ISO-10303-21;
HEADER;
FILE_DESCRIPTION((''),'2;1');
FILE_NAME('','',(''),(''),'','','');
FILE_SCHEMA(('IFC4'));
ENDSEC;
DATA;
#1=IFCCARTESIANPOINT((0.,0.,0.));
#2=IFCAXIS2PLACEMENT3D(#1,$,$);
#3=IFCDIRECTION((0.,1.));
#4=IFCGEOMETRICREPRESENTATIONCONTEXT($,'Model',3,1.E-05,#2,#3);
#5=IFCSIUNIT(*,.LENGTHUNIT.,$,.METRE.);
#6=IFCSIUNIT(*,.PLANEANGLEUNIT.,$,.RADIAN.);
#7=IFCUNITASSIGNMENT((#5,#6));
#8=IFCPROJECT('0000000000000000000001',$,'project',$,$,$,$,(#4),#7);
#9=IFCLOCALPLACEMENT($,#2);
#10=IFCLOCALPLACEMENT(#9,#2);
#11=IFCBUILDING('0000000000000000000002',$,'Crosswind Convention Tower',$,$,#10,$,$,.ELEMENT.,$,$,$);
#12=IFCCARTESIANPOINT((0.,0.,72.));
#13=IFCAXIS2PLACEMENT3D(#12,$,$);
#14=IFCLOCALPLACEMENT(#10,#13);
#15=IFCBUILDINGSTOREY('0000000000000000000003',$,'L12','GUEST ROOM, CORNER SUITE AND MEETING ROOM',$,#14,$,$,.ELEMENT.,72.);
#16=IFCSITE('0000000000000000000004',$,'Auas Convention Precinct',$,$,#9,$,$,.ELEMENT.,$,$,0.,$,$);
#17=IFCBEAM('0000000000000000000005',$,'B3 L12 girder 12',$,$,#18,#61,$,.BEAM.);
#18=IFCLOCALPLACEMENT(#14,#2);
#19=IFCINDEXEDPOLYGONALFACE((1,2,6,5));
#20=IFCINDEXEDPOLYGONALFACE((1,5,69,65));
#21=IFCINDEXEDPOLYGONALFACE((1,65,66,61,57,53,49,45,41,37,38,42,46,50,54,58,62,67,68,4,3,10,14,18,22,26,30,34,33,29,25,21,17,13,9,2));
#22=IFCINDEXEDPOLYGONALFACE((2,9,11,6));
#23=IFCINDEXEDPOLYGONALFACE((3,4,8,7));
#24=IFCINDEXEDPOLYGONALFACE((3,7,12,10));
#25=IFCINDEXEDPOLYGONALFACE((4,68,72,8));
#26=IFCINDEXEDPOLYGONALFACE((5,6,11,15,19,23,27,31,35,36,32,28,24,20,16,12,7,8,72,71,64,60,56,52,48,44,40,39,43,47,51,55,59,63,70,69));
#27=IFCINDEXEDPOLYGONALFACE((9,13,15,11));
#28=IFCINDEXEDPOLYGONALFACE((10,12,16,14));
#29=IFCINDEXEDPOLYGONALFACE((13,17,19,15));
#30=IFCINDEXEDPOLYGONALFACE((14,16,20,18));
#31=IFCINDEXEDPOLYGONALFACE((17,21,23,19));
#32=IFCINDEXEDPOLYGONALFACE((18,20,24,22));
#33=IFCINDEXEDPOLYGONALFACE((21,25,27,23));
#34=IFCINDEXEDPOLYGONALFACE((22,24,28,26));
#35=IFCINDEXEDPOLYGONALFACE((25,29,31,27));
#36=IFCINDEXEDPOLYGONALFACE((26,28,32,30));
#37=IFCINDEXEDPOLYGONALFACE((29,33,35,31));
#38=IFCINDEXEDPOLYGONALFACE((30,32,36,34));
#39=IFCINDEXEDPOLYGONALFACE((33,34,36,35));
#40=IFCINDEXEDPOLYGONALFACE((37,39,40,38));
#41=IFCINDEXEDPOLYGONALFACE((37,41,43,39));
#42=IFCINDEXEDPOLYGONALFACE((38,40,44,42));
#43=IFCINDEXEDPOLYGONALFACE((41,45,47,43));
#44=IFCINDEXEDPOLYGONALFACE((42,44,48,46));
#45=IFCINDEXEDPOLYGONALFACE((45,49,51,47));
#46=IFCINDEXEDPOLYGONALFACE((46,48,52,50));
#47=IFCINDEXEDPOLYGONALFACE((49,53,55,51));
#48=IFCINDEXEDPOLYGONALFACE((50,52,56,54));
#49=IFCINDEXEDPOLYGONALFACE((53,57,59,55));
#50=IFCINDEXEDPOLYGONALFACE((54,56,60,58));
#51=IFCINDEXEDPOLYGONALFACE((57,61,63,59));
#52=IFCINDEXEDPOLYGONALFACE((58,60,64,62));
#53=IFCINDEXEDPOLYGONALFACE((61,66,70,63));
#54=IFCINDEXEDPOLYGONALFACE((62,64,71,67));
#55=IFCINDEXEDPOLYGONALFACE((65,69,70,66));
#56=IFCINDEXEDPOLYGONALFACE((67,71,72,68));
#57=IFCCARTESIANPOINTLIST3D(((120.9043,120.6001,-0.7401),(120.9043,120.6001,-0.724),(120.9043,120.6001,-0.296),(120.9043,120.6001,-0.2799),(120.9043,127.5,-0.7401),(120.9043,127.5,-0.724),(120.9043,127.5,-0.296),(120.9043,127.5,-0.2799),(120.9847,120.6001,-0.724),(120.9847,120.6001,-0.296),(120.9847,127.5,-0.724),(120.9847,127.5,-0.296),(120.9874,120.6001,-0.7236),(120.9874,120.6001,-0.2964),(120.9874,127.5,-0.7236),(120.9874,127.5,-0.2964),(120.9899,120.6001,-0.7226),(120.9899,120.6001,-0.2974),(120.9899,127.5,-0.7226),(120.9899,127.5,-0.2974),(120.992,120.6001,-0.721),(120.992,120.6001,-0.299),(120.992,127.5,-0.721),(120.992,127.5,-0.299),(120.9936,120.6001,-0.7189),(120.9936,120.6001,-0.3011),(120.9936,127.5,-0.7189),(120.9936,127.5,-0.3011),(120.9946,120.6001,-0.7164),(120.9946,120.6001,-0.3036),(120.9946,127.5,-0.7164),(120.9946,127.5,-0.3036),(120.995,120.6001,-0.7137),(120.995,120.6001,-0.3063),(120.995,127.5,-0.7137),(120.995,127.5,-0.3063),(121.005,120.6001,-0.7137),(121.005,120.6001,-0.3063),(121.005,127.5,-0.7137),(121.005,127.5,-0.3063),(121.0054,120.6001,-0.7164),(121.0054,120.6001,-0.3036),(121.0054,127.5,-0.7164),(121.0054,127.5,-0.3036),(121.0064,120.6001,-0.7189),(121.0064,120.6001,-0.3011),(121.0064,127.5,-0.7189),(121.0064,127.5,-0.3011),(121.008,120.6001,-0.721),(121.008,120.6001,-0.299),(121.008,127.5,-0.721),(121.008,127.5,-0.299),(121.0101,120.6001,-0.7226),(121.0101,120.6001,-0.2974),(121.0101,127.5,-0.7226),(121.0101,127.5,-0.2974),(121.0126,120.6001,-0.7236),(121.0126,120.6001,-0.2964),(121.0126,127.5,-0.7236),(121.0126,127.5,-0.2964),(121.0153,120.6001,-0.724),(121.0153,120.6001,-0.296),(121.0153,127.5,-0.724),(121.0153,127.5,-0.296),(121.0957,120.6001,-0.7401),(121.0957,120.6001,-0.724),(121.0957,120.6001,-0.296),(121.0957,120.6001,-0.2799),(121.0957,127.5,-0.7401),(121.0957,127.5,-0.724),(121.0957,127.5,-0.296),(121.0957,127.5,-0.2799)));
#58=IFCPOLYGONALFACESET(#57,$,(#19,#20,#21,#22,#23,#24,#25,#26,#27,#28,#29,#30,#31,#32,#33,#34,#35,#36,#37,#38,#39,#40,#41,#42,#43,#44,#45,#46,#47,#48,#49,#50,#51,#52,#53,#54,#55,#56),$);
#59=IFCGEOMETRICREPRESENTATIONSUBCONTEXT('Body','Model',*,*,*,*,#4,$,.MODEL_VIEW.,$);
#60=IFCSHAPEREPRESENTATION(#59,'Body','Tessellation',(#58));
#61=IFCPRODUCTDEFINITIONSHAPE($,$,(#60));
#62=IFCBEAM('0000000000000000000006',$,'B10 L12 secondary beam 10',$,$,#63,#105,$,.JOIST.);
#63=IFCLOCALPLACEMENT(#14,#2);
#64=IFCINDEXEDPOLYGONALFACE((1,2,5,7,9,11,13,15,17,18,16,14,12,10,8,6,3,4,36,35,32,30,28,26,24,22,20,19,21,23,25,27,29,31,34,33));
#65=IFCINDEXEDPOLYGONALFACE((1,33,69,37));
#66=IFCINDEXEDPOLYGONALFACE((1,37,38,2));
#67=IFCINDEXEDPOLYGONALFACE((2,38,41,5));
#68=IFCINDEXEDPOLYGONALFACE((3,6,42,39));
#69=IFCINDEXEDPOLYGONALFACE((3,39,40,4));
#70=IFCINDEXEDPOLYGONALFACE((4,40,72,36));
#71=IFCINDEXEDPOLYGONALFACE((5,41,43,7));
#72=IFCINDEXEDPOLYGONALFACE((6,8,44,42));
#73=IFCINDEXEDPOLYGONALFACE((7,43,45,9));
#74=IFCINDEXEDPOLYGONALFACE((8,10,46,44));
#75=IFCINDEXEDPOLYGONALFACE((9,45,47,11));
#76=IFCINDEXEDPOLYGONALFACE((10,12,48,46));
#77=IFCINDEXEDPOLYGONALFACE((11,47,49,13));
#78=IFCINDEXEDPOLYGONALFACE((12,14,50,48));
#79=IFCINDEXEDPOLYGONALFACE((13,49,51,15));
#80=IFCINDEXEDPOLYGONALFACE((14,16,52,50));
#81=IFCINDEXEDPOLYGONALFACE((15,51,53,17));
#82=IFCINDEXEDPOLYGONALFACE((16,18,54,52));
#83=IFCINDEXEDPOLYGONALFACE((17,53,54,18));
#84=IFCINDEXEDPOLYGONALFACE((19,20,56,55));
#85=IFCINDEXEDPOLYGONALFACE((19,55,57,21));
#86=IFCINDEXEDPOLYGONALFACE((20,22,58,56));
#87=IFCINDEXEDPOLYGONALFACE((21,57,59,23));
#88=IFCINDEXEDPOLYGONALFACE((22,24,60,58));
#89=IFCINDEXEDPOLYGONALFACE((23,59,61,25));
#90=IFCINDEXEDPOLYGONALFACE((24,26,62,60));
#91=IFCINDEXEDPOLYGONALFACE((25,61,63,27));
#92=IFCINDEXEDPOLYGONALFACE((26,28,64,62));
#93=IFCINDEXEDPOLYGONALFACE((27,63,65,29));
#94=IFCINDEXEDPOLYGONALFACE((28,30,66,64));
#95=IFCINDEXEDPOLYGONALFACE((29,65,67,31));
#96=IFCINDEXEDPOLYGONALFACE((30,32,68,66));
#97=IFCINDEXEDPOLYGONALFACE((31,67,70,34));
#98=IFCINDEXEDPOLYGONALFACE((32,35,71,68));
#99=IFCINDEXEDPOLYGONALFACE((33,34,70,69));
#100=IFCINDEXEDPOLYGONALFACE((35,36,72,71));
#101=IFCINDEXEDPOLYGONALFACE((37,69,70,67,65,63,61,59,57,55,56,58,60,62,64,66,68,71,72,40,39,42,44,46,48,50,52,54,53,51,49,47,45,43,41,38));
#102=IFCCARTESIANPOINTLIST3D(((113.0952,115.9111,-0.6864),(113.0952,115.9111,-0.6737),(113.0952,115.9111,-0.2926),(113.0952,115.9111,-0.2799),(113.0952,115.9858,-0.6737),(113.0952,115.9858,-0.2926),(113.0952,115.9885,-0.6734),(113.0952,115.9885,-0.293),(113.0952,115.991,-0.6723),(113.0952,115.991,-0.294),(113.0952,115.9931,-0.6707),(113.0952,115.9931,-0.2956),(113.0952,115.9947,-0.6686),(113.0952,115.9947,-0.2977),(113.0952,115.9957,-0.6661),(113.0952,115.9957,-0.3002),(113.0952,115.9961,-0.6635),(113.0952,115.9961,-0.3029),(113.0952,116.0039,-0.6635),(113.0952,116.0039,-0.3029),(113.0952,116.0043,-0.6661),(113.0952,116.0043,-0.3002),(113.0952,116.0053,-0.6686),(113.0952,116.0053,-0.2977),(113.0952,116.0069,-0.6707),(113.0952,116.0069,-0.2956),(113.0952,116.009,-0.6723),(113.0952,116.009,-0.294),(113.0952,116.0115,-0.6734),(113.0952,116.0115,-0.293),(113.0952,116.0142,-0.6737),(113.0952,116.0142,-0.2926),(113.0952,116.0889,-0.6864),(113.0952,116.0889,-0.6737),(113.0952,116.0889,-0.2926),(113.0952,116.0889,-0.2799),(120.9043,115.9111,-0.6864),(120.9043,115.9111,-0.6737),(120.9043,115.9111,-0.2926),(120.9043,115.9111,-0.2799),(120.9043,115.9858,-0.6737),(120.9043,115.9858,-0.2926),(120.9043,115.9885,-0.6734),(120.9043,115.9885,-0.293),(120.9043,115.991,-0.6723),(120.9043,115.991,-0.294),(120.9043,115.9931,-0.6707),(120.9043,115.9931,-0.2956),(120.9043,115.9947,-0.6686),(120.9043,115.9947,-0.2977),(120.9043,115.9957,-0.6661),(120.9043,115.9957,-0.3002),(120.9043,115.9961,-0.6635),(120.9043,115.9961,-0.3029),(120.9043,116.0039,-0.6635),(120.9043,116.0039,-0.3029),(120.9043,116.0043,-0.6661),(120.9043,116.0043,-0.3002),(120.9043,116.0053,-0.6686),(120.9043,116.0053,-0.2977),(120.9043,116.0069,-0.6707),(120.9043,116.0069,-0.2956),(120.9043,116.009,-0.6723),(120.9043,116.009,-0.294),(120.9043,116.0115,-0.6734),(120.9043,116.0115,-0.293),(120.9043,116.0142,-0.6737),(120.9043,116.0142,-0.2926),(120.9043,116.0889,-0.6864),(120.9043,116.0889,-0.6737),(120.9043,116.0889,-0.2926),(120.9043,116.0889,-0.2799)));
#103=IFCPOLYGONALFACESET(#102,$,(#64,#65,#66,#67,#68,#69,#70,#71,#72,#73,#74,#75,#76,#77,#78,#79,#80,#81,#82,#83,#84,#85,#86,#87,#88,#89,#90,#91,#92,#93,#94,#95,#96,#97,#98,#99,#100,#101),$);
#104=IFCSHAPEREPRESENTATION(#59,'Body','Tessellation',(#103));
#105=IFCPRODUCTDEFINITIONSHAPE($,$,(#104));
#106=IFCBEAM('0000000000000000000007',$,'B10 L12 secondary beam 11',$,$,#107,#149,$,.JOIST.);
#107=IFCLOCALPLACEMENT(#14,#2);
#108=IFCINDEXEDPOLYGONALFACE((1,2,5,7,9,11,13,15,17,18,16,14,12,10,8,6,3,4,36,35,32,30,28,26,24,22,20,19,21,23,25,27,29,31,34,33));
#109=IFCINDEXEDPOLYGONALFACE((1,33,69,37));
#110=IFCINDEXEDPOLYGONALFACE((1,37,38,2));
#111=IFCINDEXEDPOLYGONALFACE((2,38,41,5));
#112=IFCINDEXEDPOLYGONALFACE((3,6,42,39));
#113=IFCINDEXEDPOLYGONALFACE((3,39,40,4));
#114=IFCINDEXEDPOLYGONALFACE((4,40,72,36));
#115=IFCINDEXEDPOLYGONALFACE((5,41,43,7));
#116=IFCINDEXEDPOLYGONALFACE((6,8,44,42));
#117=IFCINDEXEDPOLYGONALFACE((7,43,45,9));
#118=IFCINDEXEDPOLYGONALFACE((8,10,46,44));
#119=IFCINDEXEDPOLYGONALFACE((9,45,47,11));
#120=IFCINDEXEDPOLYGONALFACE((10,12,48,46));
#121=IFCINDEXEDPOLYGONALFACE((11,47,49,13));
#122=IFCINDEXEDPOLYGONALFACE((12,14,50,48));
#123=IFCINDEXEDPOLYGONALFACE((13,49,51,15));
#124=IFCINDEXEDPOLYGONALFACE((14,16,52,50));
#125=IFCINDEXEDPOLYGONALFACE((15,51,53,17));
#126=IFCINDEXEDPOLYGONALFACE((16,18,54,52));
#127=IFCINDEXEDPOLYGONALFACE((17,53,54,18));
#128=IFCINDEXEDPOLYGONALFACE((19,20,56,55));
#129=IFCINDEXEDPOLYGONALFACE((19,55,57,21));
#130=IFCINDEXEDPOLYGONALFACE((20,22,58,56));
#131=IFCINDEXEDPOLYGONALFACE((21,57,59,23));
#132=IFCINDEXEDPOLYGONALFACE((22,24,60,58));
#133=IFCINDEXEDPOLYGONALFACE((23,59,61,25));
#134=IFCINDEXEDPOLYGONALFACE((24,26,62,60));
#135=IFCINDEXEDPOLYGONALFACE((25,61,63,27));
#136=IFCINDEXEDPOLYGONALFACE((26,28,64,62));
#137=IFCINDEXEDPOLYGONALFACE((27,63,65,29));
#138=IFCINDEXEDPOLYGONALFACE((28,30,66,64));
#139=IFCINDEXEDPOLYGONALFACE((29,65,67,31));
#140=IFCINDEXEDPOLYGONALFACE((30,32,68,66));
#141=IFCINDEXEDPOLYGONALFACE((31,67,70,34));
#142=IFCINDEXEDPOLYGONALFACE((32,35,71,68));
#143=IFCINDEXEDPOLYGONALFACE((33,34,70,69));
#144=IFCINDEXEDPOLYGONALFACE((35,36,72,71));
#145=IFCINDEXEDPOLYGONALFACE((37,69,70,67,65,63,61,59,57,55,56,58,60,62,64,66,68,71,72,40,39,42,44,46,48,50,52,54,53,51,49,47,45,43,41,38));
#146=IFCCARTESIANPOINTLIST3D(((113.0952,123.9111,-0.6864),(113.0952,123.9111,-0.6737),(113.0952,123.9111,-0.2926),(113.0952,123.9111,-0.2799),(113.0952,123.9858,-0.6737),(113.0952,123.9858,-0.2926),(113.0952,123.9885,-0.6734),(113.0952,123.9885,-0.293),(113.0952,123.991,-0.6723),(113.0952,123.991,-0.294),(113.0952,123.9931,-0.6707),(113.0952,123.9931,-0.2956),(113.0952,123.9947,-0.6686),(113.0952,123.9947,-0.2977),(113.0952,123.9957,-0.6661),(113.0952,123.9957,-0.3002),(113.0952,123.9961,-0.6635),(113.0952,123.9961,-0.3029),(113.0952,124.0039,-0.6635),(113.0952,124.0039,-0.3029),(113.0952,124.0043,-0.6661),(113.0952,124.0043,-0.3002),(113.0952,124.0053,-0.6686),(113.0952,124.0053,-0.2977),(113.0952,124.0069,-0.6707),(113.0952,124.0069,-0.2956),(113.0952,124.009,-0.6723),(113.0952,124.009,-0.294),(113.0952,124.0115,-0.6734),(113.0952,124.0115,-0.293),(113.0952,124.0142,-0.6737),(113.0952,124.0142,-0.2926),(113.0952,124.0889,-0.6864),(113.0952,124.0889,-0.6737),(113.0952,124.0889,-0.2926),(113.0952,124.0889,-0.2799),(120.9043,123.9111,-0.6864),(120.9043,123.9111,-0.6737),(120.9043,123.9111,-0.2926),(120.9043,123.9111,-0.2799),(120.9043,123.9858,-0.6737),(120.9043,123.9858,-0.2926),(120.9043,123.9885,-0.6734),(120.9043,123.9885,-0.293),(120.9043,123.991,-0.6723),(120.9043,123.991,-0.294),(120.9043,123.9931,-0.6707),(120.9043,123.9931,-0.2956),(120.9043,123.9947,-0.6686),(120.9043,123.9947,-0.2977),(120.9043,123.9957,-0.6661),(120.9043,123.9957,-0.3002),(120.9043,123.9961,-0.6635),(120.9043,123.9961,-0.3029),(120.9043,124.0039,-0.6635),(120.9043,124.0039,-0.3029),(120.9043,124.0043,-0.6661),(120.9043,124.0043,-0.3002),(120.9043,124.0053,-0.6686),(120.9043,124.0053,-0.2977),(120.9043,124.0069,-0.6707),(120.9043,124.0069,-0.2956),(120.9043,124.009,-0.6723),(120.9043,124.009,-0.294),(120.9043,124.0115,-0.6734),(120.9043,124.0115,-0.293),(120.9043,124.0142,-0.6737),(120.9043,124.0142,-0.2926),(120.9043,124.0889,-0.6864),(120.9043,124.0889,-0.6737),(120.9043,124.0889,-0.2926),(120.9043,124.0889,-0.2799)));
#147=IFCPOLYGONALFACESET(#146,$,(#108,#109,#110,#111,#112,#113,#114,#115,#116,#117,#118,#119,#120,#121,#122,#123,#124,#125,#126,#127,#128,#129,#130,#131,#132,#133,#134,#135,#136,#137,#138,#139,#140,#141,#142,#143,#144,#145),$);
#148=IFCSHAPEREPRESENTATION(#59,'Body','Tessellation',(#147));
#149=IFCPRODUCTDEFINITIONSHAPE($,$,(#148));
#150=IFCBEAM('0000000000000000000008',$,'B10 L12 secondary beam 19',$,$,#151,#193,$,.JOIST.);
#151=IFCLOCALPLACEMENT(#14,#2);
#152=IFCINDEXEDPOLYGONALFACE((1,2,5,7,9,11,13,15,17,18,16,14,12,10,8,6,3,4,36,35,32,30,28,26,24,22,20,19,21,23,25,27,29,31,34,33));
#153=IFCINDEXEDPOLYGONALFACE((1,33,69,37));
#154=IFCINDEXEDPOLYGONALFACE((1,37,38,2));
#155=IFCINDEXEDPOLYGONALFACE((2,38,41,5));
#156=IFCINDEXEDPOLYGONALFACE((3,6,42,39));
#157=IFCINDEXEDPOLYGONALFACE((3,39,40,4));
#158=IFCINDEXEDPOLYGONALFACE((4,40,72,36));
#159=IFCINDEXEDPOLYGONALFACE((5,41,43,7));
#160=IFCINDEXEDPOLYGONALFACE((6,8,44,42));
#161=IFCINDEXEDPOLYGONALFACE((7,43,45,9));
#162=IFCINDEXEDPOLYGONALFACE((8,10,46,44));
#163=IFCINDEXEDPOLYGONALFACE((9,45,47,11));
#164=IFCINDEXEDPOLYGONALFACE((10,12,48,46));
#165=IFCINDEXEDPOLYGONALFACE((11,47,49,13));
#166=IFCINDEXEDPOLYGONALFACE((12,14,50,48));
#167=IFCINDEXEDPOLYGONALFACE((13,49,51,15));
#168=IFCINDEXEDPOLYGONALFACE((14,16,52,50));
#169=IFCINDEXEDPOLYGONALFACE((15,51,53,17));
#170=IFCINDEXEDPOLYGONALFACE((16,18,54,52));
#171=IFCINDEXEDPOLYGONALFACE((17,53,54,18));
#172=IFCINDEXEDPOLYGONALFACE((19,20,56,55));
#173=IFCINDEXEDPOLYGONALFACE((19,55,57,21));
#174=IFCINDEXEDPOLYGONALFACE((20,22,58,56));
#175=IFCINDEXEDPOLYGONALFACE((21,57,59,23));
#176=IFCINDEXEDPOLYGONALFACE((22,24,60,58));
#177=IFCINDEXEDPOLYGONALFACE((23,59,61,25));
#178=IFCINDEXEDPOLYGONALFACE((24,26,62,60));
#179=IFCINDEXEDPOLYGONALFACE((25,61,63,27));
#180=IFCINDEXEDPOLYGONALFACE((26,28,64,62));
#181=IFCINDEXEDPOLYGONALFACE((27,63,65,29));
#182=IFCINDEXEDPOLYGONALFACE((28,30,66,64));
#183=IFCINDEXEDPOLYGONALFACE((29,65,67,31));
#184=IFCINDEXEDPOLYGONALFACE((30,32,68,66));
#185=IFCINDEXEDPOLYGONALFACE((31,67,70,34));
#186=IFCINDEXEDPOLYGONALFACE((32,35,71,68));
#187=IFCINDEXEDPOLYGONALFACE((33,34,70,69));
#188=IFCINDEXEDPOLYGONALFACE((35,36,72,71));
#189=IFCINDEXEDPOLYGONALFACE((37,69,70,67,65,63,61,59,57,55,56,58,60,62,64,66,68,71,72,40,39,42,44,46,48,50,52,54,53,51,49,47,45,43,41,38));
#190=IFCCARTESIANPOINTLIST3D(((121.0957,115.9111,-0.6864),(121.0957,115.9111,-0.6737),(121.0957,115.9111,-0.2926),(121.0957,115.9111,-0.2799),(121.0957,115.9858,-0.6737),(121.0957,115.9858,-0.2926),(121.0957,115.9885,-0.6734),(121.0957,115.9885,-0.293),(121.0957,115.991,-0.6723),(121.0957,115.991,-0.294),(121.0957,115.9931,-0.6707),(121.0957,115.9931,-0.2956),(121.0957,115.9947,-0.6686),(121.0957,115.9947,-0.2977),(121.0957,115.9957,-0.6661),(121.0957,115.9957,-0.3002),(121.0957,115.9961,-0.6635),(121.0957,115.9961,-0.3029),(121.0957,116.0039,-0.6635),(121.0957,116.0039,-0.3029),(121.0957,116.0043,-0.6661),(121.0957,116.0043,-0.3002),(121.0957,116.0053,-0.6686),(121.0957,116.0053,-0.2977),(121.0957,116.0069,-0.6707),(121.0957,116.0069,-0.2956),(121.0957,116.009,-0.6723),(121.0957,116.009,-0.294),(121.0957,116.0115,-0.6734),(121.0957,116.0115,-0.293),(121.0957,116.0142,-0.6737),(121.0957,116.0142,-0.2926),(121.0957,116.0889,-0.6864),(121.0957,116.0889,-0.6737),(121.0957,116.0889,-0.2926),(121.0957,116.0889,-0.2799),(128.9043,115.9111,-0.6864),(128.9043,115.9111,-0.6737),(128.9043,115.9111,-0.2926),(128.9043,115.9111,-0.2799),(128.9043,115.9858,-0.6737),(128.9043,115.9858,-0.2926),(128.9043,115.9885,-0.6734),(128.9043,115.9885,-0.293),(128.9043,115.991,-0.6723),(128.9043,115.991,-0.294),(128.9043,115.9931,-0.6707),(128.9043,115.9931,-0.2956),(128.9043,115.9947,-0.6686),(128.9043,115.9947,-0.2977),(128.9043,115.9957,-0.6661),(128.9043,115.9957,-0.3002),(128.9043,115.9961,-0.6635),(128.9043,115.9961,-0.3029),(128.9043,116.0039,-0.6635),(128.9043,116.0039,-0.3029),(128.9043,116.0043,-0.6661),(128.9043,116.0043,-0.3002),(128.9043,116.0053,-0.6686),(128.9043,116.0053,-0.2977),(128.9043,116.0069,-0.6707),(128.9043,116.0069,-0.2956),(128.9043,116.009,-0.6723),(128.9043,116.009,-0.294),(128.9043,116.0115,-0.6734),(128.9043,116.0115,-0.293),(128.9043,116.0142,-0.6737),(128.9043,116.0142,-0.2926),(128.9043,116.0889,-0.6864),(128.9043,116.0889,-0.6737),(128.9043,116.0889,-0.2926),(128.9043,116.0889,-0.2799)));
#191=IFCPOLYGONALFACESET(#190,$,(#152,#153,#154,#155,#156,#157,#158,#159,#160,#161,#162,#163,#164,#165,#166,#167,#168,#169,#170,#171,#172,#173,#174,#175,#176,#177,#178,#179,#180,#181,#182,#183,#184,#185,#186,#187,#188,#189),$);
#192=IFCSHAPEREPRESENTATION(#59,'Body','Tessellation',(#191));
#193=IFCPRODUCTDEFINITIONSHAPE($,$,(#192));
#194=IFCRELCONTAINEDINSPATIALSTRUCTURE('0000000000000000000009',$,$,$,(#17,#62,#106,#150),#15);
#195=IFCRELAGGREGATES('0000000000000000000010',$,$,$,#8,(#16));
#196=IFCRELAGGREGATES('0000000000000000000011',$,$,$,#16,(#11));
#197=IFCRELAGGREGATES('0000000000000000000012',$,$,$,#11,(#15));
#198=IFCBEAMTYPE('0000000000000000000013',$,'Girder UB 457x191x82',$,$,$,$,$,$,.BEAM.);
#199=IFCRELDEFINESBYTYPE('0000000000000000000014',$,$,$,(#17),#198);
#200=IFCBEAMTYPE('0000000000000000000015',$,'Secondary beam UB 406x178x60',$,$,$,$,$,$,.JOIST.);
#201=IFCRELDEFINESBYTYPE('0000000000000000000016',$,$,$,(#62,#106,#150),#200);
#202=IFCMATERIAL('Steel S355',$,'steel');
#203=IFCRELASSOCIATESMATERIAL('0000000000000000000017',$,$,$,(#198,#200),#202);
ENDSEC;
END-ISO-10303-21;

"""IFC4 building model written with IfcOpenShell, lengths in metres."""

from ifc_helpers import new_model, si_unit, direction, frame, origin, origin_2d, place, context, subcontext, project, spatial, i_section, extrude, material, material_profile, profile_set, type_object, element, save


model = new_model("IFC4")

# Units and contexts
model_context = context("Model", 3, precision=1e-05, world=origin(), true_north=direction((0.0, 1.0)))
body_context = subcontext(model_context, "Body", "Model", "MODEL_VIEW")
ifc_project = project(units=[si_unit("LENGTHUNIT", "METRE"), si_unit("PLANEANGLEUNIT", "RADIAN")], contexts=[model_context])

# Site, building, storey
site_placement = place(None, origin())
site = spatial("IfcSite", under=ifc_project, at=site_placement, Name="Auas Convention Precinct", CompositionType="ELEMENT", RefElevation=0.0)
building_placement = place(site_placement, origin())
building = spatial("IfcBuilding", under=site, at=building_placement, Name="Crosswind Convention Tower", CompositionType="ELEMENT")
storey_placement = place(building_placement, frame((0.0, 0.0, 72.0)))
storey = spatial("IfcBuildingStorey", under=building, at=storey_placement, Name="L12", Description="GUEST ROOM, CORNER SUITE AND MEETING ROOM", CompositionType="ELEMENT", Elevation=72.0)

# Beams
ifc_material_1 = material(Name="Steel S355", Category="steel")
ifc_material_profile_1 = material_profile(ifc_material_1, i_section(OverallWidth=0.1914, OverallDepth=0.4602, WebThickness=0.01, FlangeThickness=0.0161, FilletRadius=0.0103, at=origin_2d()), Name="UB 457x191x82")
ifc_profile_set_1 = profile_set([ifc_material_profile_1], Name="Steel S355")
beam_type_1 = type_object("IfcBeamType", Name="Girder UB 457x191x82", PredefinedType="BEAM", material=ifc_profile_set_1)
beam_1_placement = place(storey_placement, frame((121.0, 120.6001, -0.51), z_axis=(0.0, 1.0, 0.0), x_axis=(-1.0, 0.0, 0.0)))
element("IfcBeam", 1, at=beam_1_placement, inside=storey, type_object=beam_type_1, Name="B3 L12 girder 12", PredefinedType="BEAM", context=body_context, shape_type="SweptSolid", body=[
    extrude(i_section(OverallWidth=0.1914, OverallDepth=0.4602, WebThickness=0.01, FlangeThickness=0.0161, FilletRadius=0.0103, at=origin_2d()), origin(), (0.0, 0.0, 1.0), 6.8999),
])
ifc_material_profile_2 = material_profile(ifc_material_1, i_section(OverallWidth=0.1777, OverallDepth=0.4065, WebThickness=0.0078, FlangeThickness=0.0127, FilletRadius=0.0103, at=origin_2d()), Name="UB 406x178x60")
ifc_profile_set_2 = profile_set([ifc_material_profile_2], Name="Steel S355")
beam_type_2 = type_object("IfcBeamType", Name="Secondary beam UB 406x178x60", PredefinedType="JOIST", material=ifc_profile_set_2)
for number, where, z_axis, x_axis, name in (
    (2, (113.0952, 116.0, -0.4832), (1.0, 0.0, 0.0), (0.0, 1.0, 0.0), "B10 L12 secondary beam 10"),
    (3, (113.0952, 124.0, -0.4832), (1.0, 0.0, 0.0), (0.0, 1.0, 0.0), "B10 L12 secondary beam 11"),
):
    element("IfcBeam", number, at=place(storey_placement, frame(where, z_axis=z_axis, x_axis=x_axis)), inside=storey, type_object=beam_type_2, Name=name, PredefinedType="JOIST", context=body_context, shape_type="SweptSolid", body=[
        extrude(i_section(OverallWidth=0.1777, OverallDepth=0.4065, WebThickness=0.0078, FlangeThickness=0.0127, FilletRadius=0.0103, at=origin_2d()), origin(), (0.0, 0.0, 1.0), 7.8091),
    ])
for number, where, z_axis, x_axis, name in (
    (4, (121.0957, 116.0, -0.4832), (1.0, 0.0, 0.0), (0.0, 1.0, 0.0), "B10 L12 secondary beam 19"),
):
    element("IfcBeam", number, at=place(storey_placement, frame(where, z_axis=z_axis, x_axis=x_axis)), inside=storey, type_object=beam_type_2, Name=name, PredefinedType="JOIST", context=body_context, shape_type="SweptSolid", body=[
        extrude(i_section(OverallWidth=0.1777, OverallDepth=0.4065, WebThickness=0.0078, FlangeThickness=0.0127, FilletRadius=0.0103, at=origin_2d()), origin(), (0.0, 0.0, 1.0), 7.8086),
    ])

save(model, "model.ifc")
